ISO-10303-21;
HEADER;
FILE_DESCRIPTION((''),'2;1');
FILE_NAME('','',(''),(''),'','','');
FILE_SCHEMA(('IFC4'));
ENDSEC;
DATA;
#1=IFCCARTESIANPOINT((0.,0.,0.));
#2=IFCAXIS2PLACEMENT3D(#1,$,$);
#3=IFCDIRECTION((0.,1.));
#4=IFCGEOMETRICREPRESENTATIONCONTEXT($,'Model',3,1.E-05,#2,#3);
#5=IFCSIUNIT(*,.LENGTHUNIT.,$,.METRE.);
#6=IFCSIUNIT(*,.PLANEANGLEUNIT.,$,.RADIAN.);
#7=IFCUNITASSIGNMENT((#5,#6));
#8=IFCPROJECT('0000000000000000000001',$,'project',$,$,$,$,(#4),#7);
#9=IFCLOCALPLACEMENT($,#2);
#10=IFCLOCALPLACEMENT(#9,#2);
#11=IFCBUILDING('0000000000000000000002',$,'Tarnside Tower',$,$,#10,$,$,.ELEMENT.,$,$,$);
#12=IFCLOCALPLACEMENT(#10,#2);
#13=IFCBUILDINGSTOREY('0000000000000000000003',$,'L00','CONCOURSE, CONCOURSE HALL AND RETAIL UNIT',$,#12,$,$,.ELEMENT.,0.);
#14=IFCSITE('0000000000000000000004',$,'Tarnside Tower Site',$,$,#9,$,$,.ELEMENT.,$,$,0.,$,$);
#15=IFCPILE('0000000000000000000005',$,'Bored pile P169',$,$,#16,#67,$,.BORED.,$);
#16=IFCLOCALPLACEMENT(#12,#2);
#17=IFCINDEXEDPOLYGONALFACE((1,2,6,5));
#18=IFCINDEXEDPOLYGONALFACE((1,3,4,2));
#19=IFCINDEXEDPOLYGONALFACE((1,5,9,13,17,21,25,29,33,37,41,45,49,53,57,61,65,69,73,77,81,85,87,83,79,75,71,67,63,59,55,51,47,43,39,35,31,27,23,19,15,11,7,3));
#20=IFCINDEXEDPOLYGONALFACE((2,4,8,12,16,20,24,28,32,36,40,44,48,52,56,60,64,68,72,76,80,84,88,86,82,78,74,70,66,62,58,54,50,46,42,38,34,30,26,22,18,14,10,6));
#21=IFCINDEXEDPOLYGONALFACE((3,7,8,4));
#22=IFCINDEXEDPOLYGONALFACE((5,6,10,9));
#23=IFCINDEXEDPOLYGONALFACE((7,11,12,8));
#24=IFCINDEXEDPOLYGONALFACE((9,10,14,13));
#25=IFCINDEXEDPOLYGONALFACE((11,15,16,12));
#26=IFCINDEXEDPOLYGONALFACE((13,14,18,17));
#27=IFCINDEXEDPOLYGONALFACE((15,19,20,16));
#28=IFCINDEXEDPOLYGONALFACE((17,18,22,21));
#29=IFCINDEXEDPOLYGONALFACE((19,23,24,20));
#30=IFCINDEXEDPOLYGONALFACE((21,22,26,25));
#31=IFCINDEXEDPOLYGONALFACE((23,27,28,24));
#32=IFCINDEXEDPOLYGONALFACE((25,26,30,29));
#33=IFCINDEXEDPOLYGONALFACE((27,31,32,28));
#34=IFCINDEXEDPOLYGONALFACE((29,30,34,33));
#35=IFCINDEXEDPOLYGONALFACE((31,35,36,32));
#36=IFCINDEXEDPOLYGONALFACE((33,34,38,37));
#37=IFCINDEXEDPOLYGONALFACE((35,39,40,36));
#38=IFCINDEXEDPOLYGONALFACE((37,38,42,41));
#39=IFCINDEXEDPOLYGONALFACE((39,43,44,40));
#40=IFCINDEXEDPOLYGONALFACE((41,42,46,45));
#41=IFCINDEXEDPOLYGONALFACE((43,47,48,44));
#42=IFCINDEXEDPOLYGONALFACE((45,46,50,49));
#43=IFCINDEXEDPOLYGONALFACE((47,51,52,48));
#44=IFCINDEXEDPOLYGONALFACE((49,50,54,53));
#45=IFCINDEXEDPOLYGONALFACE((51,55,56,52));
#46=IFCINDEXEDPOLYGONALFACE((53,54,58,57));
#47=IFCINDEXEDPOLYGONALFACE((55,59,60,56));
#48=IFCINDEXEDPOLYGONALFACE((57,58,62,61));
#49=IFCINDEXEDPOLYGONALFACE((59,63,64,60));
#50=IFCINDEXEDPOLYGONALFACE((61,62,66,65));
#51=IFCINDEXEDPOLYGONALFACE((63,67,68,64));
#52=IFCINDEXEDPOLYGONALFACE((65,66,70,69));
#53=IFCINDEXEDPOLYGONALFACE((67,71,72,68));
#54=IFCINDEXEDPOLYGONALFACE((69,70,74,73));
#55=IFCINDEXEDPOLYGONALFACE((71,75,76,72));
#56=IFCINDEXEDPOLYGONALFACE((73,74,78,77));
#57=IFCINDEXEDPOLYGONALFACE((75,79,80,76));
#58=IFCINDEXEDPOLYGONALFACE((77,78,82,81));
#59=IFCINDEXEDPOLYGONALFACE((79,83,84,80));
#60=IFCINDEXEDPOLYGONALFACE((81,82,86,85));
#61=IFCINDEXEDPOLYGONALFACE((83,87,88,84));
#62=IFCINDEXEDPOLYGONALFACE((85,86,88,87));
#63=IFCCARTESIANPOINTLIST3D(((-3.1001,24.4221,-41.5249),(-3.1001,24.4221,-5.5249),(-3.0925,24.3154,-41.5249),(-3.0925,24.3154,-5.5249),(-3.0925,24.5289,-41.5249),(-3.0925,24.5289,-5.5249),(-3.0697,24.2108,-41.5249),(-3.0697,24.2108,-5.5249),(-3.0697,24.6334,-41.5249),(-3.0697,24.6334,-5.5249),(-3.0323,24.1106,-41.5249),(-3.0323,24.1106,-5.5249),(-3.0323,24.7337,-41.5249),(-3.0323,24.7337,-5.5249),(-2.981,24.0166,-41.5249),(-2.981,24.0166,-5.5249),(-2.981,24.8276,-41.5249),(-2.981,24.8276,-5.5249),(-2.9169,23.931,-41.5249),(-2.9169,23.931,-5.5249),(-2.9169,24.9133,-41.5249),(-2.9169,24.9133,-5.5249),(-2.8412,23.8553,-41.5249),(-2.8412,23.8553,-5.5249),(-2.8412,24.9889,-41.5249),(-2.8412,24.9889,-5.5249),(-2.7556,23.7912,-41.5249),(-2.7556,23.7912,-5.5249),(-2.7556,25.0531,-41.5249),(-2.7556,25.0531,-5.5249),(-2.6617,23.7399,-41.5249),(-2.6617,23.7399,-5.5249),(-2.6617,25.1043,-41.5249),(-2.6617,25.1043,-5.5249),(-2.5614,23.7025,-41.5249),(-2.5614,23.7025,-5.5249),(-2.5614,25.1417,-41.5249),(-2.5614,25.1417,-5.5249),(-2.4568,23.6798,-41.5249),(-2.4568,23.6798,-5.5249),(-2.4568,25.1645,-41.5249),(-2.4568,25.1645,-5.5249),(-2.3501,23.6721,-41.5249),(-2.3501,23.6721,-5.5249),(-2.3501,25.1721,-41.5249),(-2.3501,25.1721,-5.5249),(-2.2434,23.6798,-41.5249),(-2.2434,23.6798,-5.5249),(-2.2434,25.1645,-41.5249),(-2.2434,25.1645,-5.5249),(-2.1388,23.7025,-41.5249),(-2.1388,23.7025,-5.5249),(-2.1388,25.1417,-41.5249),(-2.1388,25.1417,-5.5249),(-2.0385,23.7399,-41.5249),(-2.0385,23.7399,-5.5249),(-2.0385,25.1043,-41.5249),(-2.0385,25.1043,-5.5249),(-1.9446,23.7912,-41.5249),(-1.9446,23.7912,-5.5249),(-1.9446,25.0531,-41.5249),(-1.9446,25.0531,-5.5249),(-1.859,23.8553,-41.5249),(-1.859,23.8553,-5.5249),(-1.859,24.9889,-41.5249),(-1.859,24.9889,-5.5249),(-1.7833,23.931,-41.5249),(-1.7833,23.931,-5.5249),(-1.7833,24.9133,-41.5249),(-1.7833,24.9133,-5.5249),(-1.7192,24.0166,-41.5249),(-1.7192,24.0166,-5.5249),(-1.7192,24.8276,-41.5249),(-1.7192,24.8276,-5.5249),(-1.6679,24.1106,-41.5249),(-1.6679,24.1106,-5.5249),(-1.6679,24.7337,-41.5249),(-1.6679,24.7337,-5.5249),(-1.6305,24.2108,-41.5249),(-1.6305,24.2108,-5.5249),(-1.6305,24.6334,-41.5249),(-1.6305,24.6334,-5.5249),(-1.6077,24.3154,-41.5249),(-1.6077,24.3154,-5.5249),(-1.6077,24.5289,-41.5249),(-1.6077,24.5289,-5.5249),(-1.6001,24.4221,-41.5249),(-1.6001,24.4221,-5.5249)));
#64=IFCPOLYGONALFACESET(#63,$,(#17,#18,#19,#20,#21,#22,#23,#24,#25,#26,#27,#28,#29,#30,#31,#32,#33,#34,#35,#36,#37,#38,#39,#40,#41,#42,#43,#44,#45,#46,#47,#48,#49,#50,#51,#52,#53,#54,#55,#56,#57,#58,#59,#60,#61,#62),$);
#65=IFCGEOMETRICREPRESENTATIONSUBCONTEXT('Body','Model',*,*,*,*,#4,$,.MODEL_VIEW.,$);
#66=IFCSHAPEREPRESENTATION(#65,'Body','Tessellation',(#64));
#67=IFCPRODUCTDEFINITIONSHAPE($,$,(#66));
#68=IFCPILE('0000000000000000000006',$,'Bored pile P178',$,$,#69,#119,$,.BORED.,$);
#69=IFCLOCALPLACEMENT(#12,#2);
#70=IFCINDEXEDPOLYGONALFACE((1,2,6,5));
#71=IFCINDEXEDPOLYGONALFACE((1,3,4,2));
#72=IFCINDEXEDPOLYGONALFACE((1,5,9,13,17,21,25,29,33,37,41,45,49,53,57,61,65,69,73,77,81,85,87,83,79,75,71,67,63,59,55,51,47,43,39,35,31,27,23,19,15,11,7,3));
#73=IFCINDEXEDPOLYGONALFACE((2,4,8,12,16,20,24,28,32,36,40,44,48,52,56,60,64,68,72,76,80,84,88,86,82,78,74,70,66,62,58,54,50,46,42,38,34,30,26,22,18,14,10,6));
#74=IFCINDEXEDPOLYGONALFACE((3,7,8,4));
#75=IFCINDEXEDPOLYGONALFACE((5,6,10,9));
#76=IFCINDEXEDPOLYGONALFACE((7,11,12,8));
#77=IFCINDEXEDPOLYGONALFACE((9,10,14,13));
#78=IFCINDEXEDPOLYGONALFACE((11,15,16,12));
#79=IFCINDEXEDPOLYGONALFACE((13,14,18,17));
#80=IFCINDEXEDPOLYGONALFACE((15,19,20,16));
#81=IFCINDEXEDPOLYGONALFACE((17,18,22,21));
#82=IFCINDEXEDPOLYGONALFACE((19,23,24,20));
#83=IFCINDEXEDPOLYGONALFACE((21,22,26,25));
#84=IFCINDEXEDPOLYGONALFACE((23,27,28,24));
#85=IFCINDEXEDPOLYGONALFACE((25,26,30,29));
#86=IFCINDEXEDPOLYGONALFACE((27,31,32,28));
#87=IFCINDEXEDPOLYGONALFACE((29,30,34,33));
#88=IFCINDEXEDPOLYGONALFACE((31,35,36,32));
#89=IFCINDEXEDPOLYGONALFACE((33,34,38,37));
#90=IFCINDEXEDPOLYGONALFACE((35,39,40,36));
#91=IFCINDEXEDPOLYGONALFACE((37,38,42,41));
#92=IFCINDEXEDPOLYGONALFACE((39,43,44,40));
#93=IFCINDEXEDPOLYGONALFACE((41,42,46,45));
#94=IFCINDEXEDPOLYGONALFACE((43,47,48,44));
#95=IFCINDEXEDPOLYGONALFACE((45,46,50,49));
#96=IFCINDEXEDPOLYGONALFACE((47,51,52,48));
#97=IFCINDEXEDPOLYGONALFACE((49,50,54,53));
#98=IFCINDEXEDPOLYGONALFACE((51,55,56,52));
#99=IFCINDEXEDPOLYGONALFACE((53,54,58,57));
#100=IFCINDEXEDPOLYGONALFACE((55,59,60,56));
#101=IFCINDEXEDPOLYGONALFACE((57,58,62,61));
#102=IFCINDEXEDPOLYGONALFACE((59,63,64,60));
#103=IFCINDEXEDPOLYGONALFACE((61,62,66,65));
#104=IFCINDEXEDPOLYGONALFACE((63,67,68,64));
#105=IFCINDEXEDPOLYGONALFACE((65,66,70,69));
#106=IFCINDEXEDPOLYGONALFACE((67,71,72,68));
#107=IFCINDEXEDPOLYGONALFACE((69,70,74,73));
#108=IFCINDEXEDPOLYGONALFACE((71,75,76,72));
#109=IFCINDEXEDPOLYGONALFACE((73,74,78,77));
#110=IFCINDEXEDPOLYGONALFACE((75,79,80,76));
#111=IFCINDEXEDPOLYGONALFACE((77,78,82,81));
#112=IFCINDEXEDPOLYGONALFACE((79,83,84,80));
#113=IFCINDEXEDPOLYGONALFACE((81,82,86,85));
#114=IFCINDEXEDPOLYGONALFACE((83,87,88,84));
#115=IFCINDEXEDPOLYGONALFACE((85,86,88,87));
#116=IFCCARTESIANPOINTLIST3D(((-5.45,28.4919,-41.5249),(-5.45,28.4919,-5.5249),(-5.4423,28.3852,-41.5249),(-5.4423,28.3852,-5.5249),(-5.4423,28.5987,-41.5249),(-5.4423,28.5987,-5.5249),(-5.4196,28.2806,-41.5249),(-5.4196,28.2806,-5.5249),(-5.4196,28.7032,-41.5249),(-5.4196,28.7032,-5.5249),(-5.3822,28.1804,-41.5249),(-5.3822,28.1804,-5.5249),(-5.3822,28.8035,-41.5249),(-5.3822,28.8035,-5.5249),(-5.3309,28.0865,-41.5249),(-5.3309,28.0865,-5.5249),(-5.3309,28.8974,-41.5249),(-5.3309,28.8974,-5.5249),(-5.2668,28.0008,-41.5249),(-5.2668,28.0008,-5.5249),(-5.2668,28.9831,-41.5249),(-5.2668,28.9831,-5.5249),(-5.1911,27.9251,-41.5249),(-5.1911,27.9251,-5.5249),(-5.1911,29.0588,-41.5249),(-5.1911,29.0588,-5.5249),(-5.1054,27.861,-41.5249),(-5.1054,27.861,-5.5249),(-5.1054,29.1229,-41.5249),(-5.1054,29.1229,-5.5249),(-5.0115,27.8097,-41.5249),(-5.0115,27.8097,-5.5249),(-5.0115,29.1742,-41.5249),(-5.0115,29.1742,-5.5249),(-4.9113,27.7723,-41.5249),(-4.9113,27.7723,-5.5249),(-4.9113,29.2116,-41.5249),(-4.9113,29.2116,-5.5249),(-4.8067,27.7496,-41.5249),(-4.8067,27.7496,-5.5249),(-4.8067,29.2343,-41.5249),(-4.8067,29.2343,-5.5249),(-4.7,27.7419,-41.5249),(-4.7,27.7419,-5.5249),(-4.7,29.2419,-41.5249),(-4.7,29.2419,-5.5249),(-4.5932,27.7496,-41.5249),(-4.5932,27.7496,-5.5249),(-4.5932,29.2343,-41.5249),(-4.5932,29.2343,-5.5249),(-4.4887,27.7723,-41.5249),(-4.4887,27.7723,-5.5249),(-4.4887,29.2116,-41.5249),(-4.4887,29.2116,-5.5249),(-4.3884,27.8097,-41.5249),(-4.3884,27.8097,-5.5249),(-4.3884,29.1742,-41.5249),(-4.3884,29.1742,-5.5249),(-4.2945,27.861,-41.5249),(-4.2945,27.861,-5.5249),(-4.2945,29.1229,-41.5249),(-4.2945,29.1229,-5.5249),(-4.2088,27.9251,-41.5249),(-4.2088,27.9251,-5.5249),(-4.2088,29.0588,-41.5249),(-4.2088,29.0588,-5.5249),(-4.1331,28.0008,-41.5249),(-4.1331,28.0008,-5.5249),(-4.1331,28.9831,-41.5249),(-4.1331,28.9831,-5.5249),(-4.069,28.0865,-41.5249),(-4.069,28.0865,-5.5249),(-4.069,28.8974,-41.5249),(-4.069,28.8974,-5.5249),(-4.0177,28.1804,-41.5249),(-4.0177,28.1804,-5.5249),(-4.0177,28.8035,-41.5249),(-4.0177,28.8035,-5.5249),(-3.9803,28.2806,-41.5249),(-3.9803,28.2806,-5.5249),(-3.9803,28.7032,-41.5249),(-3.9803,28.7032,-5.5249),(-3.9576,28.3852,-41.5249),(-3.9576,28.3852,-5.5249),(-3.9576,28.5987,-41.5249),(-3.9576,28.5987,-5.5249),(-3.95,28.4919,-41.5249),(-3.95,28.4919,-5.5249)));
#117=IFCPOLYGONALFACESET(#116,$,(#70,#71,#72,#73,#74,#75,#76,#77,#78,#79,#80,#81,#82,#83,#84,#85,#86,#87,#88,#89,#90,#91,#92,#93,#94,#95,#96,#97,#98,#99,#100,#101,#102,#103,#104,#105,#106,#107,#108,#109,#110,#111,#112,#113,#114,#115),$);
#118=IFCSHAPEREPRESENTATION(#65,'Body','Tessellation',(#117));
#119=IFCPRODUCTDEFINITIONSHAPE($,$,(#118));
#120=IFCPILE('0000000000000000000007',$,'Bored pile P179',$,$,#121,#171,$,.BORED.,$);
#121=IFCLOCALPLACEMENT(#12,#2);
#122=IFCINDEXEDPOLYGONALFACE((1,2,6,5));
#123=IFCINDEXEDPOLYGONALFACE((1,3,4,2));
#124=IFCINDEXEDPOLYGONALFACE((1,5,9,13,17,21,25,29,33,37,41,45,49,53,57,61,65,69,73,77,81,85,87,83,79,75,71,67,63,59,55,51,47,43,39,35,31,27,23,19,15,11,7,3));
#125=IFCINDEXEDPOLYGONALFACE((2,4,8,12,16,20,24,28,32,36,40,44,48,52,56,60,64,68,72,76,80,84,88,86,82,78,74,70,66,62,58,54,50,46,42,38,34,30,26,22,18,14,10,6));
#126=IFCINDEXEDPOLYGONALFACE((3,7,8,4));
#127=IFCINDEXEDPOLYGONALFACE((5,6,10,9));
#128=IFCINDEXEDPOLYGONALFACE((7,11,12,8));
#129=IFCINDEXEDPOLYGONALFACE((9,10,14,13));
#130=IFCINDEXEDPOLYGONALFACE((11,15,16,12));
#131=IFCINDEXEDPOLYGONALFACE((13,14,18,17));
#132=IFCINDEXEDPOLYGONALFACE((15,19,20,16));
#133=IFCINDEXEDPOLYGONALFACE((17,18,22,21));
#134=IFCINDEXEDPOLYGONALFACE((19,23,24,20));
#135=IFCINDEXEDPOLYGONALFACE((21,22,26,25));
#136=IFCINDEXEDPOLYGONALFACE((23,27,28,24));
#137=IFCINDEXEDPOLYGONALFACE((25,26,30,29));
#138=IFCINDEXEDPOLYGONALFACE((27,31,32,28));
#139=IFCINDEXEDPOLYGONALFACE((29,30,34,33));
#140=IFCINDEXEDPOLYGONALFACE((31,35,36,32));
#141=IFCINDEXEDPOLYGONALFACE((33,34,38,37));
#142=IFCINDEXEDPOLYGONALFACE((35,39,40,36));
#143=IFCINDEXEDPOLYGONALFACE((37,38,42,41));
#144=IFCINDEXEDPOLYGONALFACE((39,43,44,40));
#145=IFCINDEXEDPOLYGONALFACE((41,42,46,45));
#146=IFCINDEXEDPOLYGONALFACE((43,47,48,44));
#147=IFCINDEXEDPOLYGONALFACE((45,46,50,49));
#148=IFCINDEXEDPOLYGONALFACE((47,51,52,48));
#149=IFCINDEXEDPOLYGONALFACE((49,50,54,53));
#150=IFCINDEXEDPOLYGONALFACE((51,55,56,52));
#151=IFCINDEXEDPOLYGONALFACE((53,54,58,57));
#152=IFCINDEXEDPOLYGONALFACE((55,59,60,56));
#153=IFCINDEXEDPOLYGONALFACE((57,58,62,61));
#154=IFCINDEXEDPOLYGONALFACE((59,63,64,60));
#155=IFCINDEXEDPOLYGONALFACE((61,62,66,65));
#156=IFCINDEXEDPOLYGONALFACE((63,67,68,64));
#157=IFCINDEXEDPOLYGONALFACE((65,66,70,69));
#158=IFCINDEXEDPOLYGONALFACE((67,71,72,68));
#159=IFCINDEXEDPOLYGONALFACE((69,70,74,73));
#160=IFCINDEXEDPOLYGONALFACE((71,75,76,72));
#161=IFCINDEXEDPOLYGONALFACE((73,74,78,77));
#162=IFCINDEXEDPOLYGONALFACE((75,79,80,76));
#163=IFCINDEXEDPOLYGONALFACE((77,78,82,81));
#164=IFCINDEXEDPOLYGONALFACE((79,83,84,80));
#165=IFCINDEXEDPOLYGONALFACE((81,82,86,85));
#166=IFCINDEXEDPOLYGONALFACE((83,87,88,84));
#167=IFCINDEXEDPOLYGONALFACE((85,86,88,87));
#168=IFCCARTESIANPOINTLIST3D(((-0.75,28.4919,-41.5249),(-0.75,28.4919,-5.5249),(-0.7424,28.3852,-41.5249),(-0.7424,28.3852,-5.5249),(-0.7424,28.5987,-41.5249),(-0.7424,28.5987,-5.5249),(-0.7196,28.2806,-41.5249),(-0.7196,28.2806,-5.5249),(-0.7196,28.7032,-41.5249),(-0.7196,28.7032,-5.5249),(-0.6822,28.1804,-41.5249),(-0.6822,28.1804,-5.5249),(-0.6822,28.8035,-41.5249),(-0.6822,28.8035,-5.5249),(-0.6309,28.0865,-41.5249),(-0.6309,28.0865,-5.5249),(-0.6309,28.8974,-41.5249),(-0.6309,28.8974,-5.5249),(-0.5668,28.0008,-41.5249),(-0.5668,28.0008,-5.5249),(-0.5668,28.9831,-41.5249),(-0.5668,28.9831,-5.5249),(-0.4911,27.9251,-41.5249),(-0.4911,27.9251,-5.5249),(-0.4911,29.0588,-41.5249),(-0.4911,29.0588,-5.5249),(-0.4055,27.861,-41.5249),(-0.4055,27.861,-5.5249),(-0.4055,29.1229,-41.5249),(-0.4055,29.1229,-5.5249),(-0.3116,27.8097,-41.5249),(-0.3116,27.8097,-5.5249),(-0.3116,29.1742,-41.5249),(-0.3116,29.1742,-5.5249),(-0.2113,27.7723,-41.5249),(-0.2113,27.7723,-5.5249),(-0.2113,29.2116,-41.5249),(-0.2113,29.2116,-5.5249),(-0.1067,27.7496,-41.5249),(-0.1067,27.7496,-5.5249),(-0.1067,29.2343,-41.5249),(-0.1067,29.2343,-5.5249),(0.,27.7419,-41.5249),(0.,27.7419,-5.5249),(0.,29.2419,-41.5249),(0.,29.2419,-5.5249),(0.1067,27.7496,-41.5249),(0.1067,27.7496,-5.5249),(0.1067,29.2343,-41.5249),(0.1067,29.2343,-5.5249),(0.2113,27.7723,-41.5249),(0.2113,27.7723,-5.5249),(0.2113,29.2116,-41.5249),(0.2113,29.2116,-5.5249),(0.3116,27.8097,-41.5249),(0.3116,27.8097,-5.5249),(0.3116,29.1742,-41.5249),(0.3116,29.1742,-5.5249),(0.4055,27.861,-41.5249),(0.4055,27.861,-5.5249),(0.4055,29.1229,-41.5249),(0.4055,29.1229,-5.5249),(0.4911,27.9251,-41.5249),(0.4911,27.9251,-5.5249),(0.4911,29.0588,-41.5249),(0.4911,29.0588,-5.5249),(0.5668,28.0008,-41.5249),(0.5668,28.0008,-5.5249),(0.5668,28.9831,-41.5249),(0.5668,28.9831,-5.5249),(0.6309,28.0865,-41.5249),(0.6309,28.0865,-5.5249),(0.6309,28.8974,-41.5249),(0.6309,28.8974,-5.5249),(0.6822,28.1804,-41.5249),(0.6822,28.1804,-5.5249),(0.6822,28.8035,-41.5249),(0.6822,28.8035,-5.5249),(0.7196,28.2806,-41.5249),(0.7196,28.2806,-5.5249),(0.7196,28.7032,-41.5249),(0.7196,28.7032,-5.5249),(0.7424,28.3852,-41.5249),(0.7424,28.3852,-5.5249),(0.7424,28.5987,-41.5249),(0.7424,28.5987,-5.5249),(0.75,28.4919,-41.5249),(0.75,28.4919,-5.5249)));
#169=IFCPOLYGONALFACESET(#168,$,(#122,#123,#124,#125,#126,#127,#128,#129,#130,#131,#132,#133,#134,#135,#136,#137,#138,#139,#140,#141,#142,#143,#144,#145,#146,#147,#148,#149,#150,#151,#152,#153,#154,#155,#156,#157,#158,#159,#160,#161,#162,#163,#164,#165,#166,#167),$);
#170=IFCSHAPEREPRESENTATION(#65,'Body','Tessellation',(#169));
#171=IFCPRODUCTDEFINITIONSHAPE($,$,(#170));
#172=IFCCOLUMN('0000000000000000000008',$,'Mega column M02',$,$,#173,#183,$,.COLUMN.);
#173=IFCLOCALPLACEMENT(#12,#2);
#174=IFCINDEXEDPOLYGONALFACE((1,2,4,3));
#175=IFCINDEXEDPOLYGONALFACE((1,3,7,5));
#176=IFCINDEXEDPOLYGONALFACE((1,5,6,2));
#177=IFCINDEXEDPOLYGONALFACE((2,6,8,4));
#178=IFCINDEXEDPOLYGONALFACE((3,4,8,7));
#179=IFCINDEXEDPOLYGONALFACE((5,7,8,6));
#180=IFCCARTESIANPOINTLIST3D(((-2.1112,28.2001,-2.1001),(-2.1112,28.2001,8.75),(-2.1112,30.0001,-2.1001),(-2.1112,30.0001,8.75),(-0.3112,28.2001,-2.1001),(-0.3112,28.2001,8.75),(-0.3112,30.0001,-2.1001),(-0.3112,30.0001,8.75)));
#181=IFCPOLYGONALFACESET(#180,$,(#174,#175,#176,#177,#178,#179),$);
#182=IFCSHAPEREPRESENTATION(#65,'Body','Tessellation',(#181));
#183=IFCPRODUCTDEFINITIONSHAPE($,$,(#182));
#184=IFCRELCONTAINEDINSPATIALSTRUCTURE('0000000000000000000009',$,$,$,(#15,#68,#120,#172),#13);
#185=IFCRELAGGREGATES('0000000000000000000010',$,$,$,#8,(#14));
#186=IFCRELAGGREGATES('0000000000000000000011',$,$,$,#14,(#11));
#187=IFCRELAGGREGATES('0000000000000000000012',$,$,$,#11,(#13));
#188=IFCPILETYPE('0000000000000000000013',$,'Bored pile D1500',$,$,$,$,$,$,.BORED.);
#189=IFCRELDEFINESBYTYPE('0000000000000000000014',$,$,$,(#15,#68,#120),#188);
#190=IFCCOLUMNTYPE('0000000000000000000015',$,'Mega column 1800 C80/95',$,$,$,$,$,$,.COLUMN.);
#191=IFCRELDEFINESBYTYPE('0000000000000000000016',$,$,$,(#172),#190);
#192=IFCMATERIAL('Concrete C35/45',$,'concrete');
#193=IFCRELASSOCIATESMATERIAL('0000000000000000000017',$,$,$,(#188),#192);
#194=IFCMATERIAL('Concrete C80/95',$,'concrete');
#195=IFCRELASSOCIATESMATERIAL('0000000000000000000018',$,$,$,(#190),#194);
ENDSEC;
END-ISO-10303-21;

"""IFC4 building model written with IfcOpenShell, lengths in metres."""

from ifc_helpers import new_model, si_unit, direction, frame, origin, origin_2d, place, context, subcontext, project, spatial, rectangle, circle, extrude, material, material_profile, profile_set, type_object, element, save


model = new_model("IFC4")

# Units and contexts
model_context = context("Model", 3, precision=1e-05, world=origin(), true_north=direction((0.0, 1.0)))
body_context = subcontext(model_context, "Body", "Model", "MODEL_VIEW")
ifc_project = project(units=[si_unit("LENGTHUNIT", "METRE"), si_unit("PLANEANGLEUNIT", "RADIAN")], contexts=[model_context])

# Site, building, storey
site_placement = place(None, origin())
site = spatial("IfcSite", under=ifc_project, at=site_placement, Name="Tarnside Tower Site", CompositionType="ELEMENT", RefElevation=0.0)
building_placement = place(site_placement, origin())
building = spatial("IfcBuilding", under=site, at=building_placement, Name="Tarnside Tower", CompositionType="ELEMENT")
storey_placement = place(building_placement, origin())
storey = spatial("IfcBuildingStorey", under=building, at=storey_placement, Name="L00", Description="CONCOURSE, CONCOURSE HALL AND RETAIL UNIT", CompositionType="ELEMENT", Elevation=0.0)

# Piles
ifc_material_1 = material(Name="Concrete C35/45", Category="concrete")
ifc_material_profile_1 = material_profile(ifc_material_1, circle(Radius=0.75, at=origin_2d()), Name="Bored pile D1500")
ifc_profile_set_1 = profile_set([ifc_material_profile_1], Name="Concrete C35/45")
pile_type = type_object("IfcPileType", Name="Bored pile D1500", PredefinedType="BORED", material=ifc_profile_set_1)
for number, where, z_axis, x_axis, name in (
    (1, (-2.3501, 24.4221, -5.5249), (0.0, 0.0, -1.0), (1.0, 0.0, 0.0), "Bored pile P169"),
    (2, (-4.7, 28.4919, -5.5249), (0.0, 0.0, -1.0), (1.0, 0.0, 0.0), "Bored pile P178"),
    (3, (0.0, 28.4919, -5.5249), (0.0, 0.0, -1.0), (1.0, 0.0, 0.0), "Bored pile P179"),
):
    element("IfcPile", number, at=place(storey_placement, frame(where, z_axis=z_axis, x_axis=x_axis)), inside=storey, type_object=pile_type, Name=name, PredefinedType="BORED", context=body_context, shape_type="SweptSolid", body=[
        extrude(circle(Radius=0.75, at=origin_2d()), origin(), (0.0, 0.0, 1.0), 36.0),
    ])

# Column
ifc_material_2 = material(Name="Concrete C80/95", Category="concrete")
ifc_material_profile_2 = material_profile(ifc_material_2, rectangle(XDim=1.8, YDim=1.8, at=origin_2d()), Name="Mega column 1800x1800")
ifc_profile_set_2 = profile_set([ifc_material_profile_2], Name="Concrete C80/95")
column_type_1 = type_object("IfcColumnType", Name="Mega column 1800 C80/95", PredefinedType="COLUMN", material=ifc_profile_set_2)
column_placement = place(storey_placement, frame((-1.2112, 29.1001, -2.1001), z_axis=(0.0, 0.0, 1.0), x_axis=(1.0, 0.0, 0.0)))
element("IfcColumn", 4, at=column_placement, inside=storey, type_object=column_type_1, Name="Mega column M02", PredefinedType="COLUMN", context=body_context, shape_type="SweptSolid", body=[
    extrude(rectangle(XDim=1.8, YDim=1.8, at=origin_2d()), origin(), (0.0, 0.0, 1.0), 10.8501),
])

save(model, "model.ifc")
